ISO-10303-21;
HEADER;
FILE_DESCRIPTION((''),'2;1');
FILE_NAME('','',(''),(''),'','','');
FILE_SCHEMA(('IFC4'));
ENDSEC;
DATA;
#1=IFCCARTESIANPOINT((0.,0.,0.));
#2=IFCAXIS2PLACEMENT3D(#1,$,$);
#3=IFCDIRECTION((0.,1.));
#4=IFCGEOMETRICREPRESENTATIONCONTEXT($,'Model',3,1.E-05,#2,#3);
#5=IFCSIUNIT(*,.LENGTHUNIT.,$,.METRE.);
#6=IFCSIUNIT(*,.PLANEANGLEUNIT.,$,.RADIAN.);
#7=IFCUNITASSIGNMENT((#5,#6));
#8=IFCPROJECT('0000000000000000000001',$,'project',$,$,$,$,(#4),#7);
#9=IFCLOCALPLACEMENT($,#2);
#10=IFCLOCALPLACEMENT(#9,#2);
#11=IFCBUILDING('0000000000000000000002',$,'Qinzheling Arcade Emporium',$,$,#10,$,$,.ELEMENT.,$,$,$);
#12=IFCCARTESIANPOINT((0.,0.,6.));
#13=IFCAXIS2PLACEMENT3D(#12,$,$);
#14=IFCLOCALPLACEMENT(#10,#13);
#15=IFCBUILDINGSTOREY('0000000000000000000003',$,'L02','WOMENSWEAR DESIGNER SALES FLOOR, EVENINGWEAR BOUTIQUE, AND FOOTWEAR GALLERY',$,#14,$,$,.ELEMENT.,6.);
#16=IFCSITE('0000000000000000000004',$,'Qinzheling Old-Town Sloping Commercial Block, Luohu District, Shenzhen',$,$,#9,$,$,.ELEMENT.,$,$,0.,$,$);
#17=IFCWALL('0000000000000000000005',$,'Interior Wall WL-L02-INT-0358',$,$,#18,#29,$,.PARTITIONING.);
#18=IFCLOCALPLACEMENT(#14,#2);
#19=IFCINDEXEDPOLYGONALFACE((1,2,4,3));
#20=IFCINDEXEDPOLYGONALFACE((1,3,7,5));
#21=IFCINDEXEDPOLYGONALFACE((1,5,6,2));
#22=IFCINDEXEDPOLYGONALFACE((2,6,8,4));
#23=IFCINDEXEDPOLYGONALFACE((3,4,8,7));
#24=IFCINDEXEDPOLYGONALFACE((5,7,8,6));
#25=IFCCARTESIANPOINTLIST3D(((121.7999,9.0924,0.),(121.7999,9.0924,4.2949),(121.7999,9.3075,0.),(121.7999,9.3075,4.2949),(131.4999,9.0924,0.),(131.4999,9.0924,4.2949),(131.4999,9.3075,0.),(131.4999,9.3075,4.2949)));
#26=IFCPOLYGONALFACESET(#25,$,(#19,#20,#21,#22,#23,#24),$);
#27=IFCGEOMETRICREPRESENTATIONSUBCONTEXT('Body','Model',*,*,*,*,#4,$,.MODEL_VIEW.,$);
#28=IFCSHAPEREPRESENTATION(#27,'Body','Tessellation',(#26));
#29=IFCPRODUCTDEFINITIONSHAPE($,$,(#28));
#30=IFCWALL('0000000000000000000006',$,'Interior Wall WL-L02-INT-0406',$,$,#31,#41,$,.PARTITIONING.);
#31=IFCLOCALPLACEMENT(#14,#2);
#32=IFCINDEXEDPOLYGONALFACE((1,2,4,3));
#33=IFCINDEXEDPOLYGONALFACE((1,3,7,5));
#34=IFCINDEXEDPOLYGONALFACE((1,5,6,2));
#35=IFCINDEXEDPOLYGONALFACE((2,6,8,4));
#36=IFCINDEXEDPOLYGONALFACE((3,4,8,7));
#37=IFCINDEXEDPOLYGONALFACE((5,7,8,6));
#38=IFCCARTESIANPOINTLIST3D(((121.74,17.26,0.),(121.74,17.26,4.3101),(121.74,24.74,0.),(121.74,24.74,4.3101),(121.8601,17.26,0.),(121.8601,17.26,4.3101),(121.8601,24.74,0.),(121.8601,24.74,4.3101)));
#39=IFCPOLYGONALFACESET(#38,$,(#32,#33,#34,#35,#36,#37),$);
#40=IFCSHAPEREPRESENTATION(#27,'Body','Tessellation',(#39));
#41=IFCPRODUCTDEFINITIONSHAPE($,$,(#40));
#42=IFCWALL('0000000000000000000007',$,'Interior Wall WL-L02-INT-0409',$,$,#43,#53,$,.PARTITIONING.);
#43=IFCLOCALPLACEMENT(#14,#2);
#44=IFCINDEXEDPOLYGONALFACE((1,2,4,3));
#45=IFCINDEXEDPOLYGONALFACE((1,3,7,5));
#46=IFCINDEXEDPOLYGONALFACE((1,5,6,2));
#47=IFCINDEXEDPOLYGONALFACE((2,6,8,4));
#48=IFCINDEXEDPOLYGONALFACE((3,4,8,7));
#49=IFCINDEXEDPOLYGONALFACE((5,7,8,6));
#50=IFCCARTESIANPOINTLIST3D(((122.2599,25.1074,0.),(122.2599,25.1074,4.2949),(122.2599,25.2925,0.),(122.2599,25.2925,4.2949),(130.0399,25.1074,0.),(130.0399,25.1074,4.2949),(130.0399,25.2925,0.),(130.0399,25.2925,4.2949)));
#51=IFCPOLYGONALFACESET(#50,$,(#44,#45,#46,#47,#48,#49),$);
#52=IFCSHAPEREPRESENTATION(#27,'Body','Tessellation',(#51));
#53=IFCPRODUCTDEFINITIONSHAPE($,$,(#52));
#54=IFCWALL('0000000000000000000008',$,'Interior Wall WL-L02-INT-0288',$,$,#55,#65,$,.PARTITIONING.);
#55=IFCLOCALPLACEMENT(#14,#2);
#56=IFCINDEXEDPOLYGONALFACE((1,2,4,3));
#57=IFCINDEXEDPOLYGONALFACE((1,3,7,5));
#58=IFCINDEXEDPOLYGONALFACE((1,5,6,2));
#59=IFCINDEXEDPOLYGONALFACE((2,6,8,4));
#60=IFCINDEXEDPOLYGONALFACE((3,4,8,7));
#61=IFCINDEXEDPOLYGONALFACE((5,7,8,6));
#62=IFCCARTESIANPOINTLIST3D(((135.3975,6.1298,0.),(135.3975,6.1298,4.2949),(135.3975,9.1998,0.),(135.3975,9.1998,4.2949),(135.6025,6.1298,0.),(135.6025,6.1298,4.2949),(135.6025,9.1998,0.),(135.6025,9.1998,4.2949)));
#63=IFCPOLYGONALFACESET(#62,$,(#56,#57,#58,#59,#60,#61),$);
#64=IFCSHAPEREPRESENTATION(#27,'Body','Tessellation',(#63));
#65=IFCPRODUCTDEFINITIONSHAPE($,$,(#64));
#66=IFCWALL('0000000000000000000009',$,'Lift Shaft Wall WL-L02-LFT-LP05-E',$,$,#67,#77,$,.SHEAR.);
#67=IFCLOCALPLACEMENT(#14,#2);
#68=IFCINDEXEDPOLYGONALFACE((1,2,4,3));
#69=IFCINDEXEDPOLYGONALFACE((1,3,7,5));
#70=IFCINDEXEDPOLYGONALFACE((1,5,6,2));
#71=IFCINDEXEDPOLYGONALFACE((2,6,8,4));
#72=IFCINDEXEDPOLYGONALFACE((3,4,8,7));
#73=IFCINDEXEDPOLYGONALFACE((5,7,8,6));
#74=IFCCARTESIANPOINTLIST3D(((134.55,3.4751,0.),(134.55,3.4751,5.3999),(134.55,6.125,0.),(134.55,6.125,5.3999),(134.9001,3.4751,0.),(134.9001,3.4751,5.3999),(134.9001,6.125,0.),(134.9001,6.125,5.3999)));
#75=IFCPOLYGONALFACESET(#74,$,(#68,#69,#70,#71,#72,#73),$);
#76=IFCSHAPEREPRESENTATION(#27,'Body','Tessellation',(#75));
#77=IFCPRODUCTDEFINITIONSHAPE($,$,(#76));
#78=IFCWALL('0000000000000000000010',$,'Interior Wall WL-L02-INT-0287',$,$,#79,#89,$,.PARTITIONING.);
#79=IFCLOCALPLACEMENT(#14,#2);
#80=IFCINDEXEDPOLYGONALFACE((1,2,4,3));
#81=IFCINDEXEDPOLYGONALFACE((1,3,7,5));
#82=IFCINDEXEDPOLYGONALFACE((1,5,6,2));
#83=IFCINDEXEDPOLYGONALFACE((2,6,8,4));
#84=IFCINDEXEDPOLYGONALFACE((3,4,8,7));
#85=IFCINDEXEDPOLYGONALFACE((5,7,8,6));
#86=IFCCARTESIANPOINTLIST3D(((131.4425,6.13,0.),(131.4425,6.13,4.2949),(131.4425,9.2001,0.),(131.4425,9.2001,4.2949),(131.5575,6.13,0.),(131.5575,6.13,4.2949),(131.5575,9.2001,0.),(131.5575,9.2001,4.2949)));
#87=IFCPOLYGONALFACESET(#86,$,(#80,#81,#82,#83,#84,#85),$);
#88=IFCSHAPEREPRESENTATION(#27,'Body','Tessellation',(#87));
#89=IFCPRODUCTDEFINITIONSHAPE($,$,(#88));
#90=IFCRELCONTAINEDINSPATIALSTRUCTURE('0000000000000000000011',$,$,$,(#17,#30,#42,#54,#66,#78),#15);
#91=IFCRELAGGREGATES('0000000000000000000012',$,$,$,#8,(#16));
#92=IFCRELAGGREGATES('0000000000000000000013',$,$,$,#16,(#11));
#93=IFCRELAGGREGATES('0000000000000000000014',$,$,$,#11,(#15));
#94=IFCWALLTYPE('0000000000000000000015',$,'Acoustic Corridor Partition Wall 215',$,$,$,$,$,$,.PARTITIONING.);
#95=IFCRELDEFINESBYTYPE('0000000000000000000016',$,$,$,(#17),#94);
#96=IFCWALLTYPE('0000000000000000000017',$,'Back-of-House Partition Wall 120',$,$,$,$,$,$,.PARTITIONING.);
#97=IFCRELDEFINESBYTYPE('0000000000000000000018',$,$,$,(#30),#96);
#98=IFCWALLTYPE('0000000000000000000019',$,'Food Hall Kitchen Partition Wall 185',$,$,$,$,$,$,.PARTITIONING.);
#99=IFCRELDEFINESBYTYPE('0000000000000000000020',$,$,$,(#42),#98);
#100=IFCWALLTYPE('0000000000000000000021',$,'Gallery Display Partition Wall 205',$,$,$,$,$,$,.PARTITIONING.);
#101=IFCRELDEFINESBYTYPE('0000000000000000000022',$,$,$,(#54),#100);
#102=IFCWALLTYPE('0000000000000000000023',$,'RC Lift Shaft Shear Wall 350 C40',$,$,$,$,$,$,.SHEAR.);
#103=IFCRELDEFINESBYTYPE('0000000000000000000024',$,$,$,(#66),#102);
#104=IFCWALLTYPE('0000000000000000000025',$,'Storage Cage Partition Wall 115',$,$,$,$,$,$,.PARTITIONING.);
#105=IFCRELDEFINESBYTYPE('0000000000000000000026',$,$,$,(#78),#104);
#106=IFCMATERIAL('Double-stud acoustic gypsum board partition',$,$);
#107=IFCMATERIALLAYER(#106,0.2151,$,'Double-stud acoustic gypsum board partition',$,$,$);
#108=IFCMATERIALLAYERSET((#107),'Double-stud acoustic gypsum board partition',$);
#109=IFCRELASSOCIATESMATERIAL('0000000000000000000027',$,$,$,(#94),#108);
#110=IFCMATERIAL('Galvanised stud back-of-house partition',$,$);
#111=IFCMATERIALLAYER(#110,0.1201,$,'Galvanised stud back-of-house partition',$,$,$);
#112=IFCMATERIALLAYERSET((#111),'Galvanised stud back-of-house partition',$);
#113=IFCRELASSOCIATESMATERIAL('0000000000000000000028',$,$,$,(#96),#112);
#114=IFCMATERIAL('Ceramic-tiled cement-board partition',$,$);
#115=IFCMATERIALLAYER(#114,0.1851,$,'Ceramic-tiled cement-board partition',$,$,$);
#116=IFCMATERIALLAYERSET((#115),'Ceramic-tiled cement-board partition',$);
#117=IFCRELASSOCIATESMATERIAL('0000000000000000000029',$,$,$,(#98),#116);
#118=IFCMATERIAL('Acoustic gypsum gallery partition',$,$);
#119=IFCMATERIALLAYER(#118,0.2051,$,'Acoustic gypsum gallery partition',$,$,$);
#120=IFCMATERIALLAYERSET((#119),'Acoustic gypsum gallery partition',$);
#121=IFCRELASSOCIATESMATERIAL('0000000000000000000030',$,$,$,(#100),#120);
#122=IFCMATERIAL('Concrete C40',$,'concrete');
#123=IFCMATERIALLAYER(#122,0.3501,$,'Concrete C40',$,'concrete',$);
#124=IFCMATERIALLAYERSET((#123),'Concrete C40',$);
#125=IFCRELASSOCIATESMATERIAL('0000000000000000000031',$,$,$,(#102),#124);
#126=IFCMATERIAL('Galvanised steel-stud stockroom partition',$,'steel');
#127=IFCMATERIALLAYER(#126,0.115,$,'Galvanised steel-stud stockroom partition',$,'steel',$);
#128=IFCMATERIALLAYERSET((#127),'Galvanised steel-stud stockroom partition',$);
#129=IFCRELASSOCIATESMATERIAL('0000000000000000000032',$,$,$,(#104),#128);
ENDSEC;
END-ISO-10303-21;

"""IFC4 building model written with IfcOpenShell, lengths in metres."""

from ifc_helpers import new_model, si_unit, direction, frame, frame_2d, origin, place, context, subcontext, project, spatial, rectangle, extrude, material, layer, layer_set, type_object, element, save


model = new_model("IFC4")

# Units and contexts
model_context = context("Model", 3, precision=1e-05, world=origin(), true_north=direction((0.0, 1.0)))
body_context = subcontext(model_context, "Body", "Model", "MODEL_VIEW")
ifc_project = project(units=[si_unit("LENGTHUNIT", "METRE"), si_unit("PLANEANGLEUNIT", "RADIAN")], contexts=[model_context])

# Site, building, storey
site_placement = place(None, origin())
site = spatial("IfcSite", under=ifc_project, at=site_placement, Name="Qinzheling Old-Town Sloping Commercial Block, Luohu District, Shenzhen", CompositionType="ELEMENT", RefElevation=0.0)
building_placement = place(site_placement, origin())
building = spatial("IfcBuilding", under=site, at=building_placement, Name="Qinzheling Arcade Emporium", CompositionType="ELEMENT")
storey_placement = place(building_placement, frame((0.0, 0.0, 6.0)))
storey = spatial("IfcBuildingStorey", under=building, at=storey_placement, Name="L02", Description="WOMENSWEAR DESIGNER SALES FLOOR, EVENINGWEAR BOUTIQUE, AND FOOTWEAR GALLERY", CompositionType="ELEMENT", Elevation=6.0)

# Shared definitions
ifc_material_1 = material(Name="Concrete C40", Category="concrete")

# Shared definitions
ifc_material_2 = material(Name="Double-stud acoustic gypsum board partition")
ifc_layer_1 = layer(ifc_material_2, 0.2151, Name="Double-stud acoustic gypsum board partition")
ifc_layer_set_1 = layer_set([ifc_layer_1], Name="Double-stud acoustic gypsum board partition")
wall_type_1 = type_object("IfcWallType", Name="Acoustic Corridor Partition Wall 215", PredefinedType="PARTITIONING", material=ifc_layer_set_1)

# Walls
wall_1_placement = place(storey_placement, frame((131.5, 9.2, 0.0), z_axis=(0.0, 0.0, 1.0), x_axis=(-1.0, 0.0, 0.0)))
element("IfcWall", 1, at=wall_1_placement, inside=storey, type_object=wall_type_1, Name="Interior Wall WL-L02-INT-0358", PredefinedType="PARTITIONING", context=body_context, shape_type="SweptSolid", body=[
    extrude(rectangle(XDim=9.7, YDim=0.2151, at=frame_2d((4.8501, 0.0))), origin(), (0.0, 0.0, 1.0), 4.2949),
])
ifc_material_3 = material(Name="Galvanised stud back-of-house partition")
ifc_layer_2 = layer(ifc_material_3, 0.1201, Name="Galvanised stud back-of-house partition")
ifc_layer_set_2 = layer_set([ifc_layer_2], Name="Galvanised stud back-of-house partition")
wall_type_2 = type_object("IfcWallType", Name="Back-of-House Partition Wall 120", PredefinedType="PARTITIONING", material=ifc_layer_set_2)
wall_2_placement = place(storey_placement, frame((121.8, 24.74, 0.0), z_axis=(0.0, 0.0, 1.0), x_axis=(0.0, -1.0, 0.0)))
element("IfcWall", 2, at=wall_2_placement, inside=storey, type_object=wall_type_2, Name="Interior Wall WL-L02-INT-0406", PredefinedType="PARTITIONING", context=body_context, shape_type="SweptSolid", body=[
    extrude(rectangle(XDim=7.48, YDim=0.1201, at=frame_2d((3.74, 0.0))), origin(), (0.0, 0.0, 1.0), 4.3101),
])
ifc_material_4 = material(Name="Ceramic-tiled cement-board partition")
ifc_layer_3 = layer(ifc_material_4, 0.1851, Name="Ceramic-tiled cement-board partition")
ifc_layer_set_3 = layer_set([ifc_layer_3], Name="Ceramic-tiled cement-board partition")
wall_type_3 = type_object("IfcWallType", Name="Food Hall Kitchen Partition Wall 185", PredefinedType="PARTITIONING", material=ifc_layer_set_3)
wall_3_placement = place(storey_placement, frame((130.04, 25.2, 0.0), z_axis=(0.0, 0.0, 1.0), x_axis=(-1.0, 0.0, 0.0)))
element("IfcWall", 3, at=wall_3_placement, inside=storey, type_object=wall_type_3, Name="Interior Wall WL-L02-INT-0409", PredefinedType="PARTITIONING", context=body_context, shape_type="SweptSolid", body=[
    extrude(rectangle(XDim=7.78, YDim=0.1851, at=frame_2d((3.8901, 0.0))), origin(), (0.0, 0.0, 1.0), 4.2949),
])
ifc_material_5 = material(Name="Acoustic gypsum gallery partition")
ifc_layer_4 = layer(ifc_material_5, 0.2051, Name="Acoustic gypsum gallery partition")
ifc_layer_set_4 = layer_set([ifc_layer_4], Name="Acoustic gypsum gallery partition")
wall_type_4 = type_object("IfcWallType", Name="Gallery Display Partition Wall 205", PredefinedType="PARTITIONING", material=ifc_layer_set_4)
wall_4_placement = place(storey_placement, frame((135.5, 9.2, 0.0), z_axis=(0.0, 0.0, 1.0), x_axis=(0.0, -1.0, 0.0)))
element("IfcWall", 4, at=wall_4_placement, inside=storey, type_object=wall_type_4, Name="Interior Wall WL-L02-INT-0288", PredefinedType="PARTITIONING", context=body_context, shape_type="SweptSolid", body=[
    extrude(rectangle(XDim=3.0701, YDim=0.2051, at=frame_2d((1.5352, 0.0))), origin(), (0.0, 0.0, 1.0), 4.2949),
])
ifc_layer_5 = layer(ifc_material_1, 0.3501, Name="Concrete C40", Category="concrete")
ifc_layer_set_5 = layer_set([ifc_layer_5], Name="Concrete C40")
wall_type_5 = type_object("IfcWallType", Name="RC Lift Shaft Shear Wall 350 C40", PredefinedType="SHEAR", material=ifc_layer_set_5)
wall_5_placement = place(storey_placement, frame((134.7251, 6.125, 0.0), z_axis=(0.0, 0.0, 1.0), x_axis=(0.0, -1.0, 0.0)))
element("IfcWall", 5, at=wall_5_placement, inside=storey, type_object=wall_type_5, Name="Lift Shaft Wall WL-L02-LFT-LP05-E", PredefinedType="SHEAR", context=body_context, shape_type="SweptSolid", body=[
    extrude(rectangle(XDim=2.6499, YDim=0.3501, at=frame_2d((1.325, 0.0))), origin(), (0.0, 0.0, 1.0), 5.3999),
])
ifc_material_6 = material(Name="Galvanised steel-stud stockroom partition", Category="steel")
ifc_layer_6 = layer(ifc_material_6, 0.115, Name="Galvanised steel-stud stockroom partition", Category="steel")
ifc_layer_set_6 = layer_set([ifc_layer_6], Name="Galvanised steel-stud stockroom partition")
wall_type_6 = type_object("IfcWallType", Name="Storage Cage Partition Wall 115", PredefinedType="PARTITIONING", material=ifc_layer_set_6)
wall_6_placement = place(storey_placement, frame((131.5, 6.1299, 0.0), z_axis=(0.0, 0.0, 1.0), x_axis=(0.0, 1.0, 0.0)))
element("IfcWall", 6, at=wall_6_placement, inside=storey, type_object=wall_type_6, Name="Interior Wall WL-L02-INT-0287", PredefinedType="PARTITIONING", context=body_context, shape_type="SweptSolid", body=[
    extrude(rectangle(XDim=3.0701, YDim=0.115, at=frame_2d((1.5352, 0.0))), origin(), (0.0, 0.0, 1.0), 4.2949),
])

save(model, "model.ifc")
